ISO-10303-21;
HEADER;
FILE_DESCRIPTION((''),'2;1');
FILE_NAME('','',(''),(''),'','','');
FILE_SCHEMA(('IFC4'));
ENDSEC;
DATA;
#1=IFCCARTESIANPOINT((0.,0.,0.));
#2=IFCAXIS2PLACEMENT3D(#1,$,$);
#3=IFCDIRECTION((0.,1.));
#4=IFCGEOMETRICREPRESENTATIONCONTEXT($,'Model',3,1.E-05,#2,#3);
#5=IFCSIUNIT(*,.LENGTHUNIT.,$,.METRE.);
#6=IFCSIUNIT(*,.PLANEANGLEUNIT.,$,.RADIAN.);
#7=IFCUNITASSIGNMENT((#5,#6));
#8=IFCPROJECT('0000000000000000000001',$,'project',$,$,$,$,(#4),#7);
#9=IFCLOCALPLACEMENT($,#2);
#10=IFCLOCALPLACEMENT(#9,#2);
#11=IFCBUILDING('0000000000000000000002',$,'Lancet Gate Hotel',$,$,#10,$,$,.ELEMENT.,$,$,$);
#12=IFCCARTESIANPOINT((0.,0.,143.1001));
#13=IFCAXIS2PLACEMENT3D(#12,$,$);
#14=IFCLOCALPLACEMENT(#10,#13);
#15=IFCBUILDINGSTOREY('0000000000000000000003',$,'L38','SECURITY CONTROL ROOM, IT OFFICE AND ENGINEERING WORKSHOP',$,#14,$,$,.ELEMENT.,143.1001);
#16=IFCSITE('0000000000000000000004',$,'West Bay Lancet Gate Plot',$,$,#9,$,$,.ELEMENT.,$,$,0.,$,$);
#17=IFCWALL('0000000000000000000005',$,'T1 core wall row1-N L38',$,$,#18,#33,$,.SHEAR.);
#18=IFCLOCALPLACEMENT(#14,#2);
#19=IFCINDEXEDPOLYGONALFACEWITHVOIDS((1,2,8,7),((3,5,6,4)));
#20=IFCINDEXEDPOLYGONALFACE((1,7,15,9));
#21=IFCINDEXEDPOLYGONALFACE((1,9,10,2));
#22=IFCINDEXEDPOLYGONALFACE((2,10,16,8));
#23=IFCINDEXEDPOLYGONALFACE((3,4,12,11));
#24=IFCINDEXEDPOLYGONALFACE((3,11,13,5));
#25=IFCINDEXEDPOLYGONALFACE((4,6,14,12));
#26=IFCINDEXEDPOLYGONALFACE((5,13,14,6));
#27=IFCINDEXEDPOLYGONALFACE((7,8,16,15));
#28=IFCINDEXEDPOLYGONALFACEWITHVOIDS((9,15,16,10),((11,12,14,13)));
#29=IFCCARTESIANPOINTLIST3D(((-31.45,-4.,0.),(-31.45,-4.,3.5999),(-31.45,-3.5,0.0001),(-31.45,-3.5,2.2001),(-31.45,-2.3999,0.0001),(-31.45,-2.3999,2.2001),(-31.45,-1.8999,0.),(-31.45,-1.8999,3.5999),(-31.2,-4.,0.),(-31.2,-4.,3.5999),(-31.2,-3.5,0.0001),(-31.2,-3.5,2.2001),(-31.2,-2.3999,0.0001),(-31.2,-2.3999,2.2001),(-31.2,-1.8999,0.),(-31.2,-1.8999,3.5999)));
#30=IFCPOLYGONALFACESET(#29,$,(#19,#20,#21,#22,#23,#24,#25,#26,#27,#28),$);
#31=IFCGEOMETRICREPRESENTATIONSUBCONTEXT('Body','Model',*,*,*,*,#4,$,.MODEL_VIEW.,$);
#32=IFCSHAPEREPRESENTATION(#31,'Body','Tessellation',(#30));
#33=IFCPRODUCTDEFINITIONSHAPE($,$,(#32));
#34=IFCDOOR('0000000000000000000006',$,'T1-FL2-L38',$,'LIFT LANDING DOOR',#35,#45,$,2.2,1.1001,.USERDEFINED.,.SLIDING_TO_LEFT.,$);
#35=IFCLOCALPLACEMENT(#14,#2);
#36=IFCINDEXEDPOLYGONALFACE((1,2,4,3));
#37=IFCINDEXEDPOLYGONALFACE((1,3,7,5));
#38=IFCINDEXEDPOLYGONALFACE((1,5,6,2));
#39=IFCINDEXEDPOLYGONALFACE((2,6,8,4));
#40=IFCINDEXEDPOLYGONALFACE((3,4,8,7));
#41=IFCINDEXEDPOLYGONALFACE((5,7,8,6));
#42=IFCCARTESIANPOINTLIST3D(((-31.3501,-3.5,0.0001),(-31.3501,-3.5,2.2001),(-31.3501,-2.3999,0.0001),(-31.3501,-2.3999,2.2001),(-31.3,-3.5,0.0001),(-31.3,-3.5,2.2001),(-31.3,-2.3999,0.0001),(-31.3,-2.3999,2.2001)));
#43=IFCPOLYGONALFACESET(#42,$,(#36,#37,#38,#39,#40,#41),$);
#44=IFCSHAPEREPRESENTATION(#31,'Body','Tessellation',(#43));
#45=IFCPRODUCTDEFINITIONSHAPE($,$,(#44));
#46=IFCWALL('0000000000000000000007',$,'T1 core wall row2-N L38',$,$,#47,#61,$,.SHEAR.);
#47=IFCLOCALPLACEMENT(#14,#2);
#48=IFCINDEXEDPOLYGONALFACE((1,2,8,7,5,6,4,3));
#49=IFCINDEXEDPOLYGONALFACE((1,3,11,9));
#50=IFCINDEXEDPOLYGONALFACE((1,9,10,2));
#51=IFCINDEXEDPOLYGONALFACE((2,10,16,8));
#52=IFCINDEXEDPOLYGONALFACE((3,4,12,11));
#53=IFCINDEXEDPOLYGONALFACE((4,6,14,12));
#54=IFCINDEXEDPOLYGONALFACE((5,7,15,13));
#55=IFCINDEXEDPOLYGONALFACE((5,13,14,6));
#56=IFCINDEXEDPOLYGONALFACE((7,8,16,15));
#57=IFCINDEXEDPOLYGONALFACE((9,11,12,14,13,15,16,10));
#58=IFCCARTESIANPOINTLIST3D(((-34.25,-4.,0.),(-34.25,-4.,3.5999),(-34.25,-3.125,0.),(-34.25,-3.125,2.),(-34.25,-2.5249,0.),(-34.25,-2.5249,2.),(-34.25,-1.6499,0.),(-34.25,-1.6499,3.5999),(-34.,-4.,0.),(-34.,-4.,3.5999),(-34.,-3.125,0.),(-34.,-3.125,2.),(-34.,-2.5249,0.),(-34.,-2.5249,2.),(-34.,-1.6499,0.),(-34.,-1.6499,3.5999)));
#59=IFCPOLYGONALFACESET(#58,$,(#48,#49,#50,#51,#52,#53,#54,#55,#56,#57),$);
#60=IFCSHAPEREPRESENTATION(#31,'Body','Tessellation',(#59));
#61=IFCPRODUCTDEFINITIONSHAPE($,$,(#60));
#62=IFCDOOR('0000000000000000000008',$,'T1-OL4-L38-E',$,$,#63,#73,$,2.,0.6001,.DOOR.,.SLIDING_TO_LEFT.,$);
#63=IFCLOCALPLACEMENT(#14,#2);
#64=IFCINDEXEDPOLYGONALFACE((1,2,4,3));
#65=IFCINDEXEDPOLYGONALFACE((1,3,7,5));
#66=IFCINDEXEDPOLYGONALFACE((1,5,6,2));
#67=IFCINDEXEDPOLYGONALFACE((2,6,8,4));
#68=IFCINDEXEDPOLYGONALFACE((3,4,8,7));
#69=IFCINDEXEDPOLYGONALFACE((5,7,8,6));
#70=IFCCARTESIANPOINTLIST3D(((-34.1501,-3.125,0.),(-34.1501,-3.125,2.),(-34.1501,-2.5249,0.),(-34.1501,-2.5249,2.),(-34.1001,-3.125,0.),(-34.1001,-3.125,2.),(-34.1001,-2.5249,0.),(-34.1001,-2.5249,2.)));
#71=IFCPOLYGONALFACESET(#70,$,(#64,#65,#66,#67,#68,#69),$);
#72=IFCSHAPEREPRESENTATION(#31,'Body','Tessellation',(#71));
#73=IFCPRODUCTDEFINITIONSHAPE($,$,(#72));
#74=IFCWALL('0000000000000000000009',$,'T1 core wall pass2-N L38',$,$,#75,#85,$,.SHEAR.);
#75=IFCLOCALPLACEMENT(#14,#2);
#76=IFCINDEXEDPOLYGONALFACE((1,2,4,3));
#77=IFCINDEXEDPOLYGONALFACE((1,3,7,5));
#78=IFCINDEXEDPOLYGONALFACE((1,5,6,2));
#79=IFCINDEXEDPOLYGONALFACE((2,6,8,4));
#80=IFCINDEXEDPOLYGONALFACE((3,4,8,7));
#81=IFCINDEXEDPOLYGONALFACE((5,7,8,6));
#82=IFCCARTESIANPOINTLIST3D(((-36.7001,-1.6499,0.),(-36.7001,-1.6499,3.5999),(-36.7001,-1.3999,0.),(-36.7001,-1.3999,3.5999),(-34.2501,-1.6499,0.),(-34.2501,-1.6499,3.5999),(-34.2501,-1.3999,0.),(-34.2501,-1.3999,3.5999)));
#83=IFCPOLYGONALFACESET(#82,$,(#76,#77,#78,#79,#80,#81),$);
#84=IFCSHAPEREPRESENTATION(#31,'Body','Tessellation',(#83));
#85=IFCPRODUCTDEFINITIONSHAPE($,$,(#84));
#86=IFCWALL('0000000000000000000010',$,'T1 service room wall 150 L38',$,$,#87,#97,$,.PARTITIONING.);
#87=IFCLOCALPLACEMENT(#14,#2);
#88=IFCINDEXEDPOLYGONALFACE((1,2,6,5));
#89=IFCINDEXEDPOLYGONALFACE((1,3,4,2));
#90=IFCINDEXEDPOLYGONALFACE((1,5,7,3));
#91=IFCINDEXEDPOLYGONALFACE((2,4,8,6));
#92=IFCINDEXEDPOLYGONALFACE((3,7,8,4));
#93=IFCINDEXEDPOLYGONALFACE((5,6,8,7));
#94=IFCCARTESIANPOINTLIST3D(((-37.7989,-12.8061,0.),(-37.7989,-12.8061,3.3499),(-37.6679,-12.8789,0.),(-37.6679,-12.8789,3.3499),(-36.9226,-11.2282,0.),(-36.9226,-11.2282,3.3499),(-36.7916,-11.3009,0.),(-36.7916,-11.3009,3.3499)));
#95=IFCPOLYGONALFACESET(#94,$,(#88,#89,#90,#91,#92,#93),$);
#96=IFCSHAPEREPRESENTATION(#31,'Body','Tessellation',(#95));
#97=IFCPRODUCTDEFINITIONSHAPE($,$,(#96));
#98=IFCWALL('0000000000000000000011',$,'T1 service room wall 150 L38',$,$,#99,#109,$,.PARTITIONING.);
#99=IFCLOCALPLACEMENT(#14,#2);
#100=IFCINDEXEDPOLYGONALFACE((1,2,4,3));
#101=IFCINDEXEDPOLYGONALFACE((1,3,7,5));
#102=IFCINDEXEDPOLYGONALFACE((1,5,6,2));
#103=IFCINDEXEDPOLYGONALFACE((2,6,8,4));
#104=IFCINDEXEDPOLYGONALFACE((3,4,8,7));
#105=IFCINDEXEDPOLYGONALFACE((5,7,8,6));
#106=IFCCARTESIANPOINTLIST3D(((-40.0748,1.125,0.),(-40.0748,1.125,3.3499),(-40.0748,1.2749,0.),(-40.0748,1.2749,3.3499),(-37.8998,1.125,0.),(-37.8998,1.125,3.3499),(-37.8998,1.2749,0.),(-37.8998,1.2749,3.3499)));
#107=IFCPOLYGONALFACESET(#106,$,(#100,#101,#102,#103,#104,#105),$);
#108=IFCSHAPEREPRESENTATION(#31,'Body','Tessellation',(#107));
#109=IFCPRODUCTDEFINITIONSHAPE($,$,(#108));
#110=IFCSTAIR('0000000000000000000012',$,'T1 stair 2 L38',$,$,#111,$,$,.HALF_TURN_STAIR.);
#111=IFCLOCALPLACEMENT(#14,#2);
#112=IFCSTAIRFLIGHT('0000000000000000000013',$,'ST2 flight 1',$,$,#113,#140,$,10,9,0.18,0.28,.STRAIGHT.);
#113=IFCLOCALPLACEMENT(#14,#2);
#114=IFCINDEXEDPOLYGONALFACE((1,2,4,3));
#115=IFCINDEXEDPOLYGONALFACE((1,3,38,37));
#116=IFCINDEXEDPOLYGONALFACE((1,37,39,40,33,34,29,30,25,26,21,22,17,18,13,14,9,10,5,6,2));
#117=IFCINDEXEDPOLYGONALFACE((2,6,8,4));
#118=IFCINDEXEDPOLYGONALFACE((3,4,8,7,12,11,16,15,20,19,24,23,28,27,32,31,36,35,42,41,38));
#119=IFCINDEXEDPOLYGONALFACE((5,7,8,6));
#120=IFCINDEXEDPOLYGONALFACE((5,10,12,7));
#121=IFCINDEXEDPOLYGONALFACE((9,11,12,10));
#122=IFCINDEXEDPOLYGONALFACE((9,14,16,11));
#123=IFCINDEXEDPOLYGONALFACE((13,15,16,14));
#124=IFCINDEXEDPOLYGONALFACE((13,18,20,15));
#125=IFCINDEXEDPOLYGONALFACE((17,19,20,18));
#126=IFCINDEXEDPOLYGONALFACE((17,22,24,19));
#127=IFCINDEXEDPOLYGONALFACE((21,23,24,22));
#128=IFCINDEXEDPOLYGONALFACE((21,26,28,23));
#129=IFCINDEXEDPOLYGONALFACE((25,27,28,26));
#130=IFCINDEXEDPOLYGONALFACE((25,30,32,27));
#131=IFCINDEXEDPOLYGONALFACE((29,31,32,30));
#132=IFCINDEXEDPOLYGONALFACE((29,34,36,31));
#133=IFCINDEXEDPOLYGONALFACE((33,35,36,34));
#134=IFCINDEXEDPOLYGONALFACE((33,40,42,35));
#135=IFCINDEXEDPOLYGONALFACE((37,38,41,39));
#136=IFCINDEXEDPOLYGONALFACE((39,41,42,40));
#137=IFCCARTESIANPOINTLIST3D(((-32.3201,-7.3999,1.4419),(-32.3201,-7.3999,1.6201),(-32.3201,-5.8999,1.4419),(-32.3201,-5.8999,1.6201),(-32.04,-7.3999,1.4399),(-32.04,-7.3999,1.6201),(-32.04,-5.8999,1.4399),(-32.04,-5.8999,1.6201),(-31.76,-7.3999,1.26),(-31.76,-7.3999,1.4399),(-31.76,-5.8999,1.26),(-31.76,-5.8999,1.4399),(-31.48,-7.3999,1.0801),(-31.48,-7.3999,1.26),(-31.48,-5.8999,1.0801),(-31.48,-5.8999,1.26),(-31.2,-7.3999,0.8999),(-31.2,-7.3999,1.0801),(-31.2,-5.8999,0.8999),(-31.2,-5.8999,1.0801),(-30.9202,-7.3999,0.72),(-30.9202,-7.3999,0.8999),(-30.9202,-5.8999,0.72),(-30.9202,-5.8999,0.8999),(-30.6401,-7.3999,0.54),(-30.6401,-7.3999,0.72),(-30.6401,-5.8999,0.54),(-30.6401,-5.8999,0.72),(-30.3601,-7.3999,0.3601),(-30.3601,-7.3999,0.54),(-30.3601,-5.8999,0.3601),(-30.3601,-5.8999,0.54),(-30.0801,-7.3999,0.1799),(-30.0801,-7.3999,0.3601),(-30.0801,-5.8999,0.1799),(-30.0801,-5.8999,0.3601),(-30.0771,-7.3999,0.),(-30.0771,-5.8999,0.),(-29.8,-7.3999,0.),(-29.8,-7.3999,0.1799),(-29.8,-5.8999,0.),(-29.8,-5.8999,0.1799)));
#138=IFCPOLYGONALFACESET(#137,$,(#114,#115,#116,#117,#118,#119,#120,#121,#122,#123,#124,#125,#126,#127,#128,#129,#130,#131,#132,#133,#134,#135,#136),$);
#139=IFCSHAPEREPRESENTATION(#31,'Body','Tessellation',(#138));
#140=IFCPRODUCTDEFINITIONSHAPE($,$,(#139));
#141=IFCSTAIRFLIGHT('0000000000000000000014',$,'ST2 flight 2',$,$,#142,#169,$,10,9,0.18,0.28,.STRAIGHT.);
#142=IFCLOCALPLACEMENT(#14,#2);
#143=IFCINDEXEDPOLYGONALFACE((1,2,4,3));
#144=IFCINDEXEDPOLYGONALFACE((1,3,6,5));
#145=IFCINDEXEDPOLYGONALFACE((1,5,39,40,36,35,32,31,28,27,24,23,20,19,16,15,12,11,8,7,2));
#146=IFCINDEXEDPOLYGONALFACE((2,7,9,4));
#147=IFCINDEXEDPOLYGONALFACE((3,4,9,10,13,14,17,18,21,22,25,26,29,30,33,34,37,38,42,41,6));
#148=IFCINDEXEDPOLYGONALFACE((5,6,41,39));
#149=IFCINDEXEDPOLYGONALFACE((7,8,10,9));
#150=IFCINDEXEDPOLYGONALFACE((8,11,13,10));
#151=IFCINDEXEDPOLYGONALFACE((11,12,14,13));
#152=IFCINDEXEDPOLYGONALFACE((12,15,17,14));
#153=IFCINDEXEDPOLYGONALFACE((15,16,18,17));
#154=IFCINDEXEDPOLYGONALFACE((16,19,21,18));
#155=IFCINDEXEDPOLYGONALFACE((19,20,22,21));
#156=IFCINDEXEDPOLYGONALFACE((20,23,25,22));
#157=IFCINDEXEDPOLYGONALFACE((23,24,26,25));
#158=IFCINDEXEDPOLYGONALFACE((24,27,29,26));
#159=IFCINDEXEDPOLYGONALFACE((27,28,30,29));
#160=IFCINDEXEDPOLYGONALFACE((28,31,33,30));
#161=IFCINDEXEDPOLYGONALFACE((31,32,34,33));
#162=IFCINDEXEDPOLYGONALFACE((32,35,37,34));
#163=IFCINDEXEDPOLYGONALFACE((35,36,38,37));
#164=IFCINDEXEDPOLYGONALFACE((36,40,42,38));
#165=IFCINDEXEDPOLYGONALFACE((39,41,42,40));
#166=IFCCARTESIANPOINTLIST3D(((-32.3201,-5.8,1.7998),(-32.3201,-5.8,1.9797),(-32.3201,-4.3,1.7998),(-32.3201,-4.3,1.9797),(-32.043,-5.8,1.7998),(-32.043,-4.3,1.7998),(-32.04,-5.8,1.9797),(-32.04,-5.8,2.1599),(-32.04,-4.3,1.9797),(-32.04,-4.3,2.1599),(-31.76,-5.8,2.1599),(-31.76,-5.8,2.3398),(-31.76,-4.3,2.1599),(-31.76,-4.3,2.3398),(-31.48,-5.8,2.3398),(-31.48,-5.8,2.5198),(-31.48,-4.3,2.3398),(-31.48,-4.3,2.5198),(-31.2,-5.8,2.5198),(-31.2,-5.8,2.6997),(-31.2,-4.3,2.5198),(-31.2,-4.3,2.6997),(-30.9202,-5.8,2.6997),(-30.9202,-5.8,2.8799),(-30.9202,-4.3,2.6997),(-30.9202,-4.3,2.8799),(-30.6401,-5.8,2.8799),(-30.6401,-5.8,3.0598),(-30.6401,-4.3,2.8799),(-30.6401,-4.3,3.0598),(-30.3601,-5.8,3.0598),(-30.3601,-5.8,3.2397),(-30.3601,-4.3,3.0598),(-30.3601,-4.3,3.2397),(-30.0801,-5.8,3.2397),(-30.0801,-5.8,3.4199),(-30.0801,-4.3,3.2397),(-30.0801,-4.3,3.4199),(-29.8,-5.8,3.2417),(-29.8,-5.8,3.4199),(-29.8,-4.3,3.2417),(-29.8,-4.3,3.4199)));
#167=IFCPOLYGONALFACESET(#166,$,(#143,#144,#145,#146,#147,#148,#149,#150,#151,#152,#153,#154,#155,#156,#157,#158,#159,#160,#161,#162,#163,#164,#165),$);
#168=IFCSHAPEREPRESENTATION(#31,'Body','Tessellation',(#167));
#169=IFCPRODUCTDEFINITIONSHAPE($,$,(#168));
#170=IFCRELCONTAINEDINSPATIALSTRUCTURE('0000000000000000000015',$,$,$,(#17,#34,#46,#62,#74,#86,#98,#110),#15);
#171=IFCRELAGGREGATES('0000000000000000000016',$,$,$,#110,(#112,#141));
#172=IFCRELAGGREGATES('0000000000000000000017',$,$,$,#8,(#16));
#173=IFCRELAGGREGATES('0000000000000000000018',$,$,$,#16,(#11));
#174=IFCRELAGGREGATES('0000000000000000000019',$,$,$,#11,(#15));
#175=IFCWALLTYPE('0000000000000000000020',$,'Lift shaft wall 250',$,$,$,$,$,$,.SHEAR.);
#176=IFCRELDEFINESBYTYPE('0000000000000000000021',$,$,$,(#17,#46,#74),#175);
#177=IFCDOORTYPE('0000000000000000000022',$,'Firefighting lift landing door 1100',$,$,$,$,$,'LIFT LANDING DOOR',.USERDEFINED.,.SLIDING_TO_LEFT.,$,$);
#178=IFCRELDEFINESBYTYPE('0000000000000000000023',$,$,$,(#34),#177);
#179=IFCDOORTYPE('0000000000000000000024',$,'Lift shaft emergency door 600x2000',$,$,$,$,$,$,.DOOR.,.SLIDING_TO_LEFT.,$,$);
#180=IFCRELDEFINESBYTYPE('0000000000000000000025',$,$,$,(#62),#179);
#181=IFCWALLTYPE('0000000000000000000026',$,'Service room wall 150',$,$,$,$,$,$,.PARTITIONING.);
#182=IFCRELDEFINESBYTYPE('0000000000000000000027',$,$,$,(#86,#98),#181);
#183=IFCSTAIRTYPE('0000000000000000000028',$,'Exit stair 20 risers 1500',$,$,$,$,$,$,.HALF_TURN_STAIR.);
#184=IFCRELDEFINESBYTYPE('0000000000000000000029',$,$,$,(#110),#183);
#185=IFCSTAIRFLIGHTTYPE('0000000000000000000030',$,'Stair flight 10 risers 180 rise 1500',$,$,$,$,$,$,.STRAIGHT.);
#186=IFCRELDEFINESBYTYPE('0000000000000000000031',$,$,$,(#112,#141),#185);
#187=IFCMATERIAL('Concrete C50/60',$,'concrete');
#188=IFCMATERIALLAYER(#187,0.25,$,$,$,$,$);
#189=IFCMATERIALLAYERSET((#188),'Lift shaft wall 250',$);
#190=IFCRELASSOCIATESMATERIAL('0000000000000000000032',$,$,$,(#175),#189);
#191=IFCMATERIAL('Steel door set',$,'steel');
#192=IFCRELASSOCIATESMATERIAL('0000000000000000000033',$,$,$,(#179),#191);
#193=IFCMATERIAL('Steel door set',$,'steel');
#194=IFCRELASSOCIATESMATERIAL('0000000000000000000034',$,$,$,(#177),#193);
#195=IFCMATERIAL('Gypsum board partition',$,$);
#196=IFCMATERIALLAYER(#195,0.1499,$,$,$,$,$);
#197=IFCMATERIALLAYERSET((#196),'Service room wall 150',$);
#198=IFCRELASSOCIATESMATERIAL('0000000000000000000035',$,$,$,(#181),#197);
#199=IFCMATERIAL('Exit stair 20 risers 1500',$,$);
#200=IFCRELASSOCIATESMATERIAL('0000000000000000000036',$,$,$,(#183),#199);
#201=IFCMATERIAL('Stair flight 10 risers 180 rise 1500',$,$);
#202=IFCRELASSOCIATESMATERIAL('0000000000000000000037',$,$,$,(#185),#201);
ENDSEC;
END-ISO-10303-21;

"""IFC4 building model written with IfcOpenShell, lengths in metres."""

from ifc_helpers import new_model, si_unit, direction, frame, frame_2d, origin, place, context, subcontext, project, spatial, polyline, rectangle, outline, extrude, material, layer, layer_set, type_object, element, fill, aggregate, save


model = new_model("IFC4")

# Units and contexts
model_context = context("Model", 3, precision=1e-05, world=origin(), true_north=direction((0.0, 1.0)))
body_context = subcontext(model_context, "Body", "Model", "MODEL_VIEW")
ifc_project = project(units=[si_unit("LENGTHUNIT", "METRE"), si_unit("PLANEANGLEUNIT", "RADIAN")], contexts=[model_context])

# Site, building, storey
site_placement = place(None, origin())
site = spatial("IfcSite", under=ifc_project, at=site_placement, Name="West Bay Lancet Gate Plot", CompositionType="ELEMENT", RefElevation=0.0)
building_placement = place(site_placement, origin())
building = spatial("IfcBuilding", under=site, at=building_placement, Name="Lancet Gate Hotel", CompositionType="ELEMENT")
storey_placement = place(building_placement, frame((0.0, 0.0, 143.1001)))
storey = spatial("IfcBuildingStorey", under=building, at=storey_placement, Name="L38", Description="SECURITY CONTROL ROOM, IT OFFICE AND ENGINEERING WORKSHOP", CompositionType="ELEMENT", Elevation=143.1001)

# Shared definitions
ifc_material_1 = material(Name="Concrete C50/60", Category="concrete")
ifc_layer_1 = layer(ifc_material_1, 0.25)
ifc_layer_set_1 = layer_set([ifc_layer_1], Name="Lift shaft wall 250")
wall_type_1 = type_object("IfcWallType", Name="Lift shaft wall 250", PredefinedType="SHEAR", material=ifc_layer_set_1)
ifc_material_2 = material(Name="Steel door set", Category="steel")
door_type_1 = type_object("IfcDoorType", Name="Lift shaft emergency door 600x2000", OperationType="SLIDING_TO_LEFT", PredefinedType="DOOR", material=ifc_material_2)

# Walls, openings, doors
wall_1_placement = place(storey_placement, frame((-31.325, -1.8999, 0.0), z_axis=(0.0, 0.0, 1.0), x_axis=(0.0, -1.0, 0.0)))
wall_1 = element("IfcWall", 1, at=wall_1_placement, inside=storey, type_object=wall_type_1, Name="T1 core wall row1-N L38", PredefinedType="SHEAR", context=body_context, shape_type="SweptSolid", body=[
    extrude(rectangle(XDim=2.1001, YDim=0.25, at=frame_2d((1.05, 0.0))), origin(), (0.0, 0.0, 1.0), 3.5999),
])
opening_1_placement = place(wall_1_placement, frame((0.5, 0.0, 0.0)))
opening_1 = element("IfcOpeningElement", 2, at=opening_1_placement, cuts=wall_1, PredefinedType="OPENING", context=body_context, shape_type="SweptSolid", body=[
    extrude(rectangle(XDim=1.1001, YDim=2.2, at=frame_2d((0.55, 1.1001))), frame((0.0, 0.135, 0.0), z_axis=(0.0, -1.0, 0.0), x_axis=(1.0, 0.0, 0.0)), (0.0, 0.0, 1.0), 0.27),
])
ifc_material_3 = material(Name="Steel door set", Category="steel")
door_type_2 = type_object("IfcDoorType", Name="Firefighting lift landing door 1100", ElementType="LIFT LANDING DOOR", OperationType="SLIDING_TO_LEFT", PredefinedType="USERDEFINED", material=ifc_material_3)
door_1_placement = place(opening_1_placement, origin())
door_1 = element("IfcDoor", 3, at=door_1_placement, inside=storey, type_object=door_type_2, Name="T1-FL2-L38", ObjectType="LIFT LANDING DOOR", OperationType="SLIDING_TO_LEFT", OverallHeight=2.2, OverallWidth=1.1001, PredefinedType="USERDEFINED", context=body_context, shape_type="SweptSolid", body=[
    extrude(rectangle(XDim=1.1001, YDim=2.2, at=frame_2d((0.55, 1.1001))), frame((0.0, 0.0249, 0.0), z_axis=(0.0, -1.0, 0.0), x_axis=(1.0, 0.0, 0.0)), (0.0, 0.0, 1.0), 0.05),
])
fill(opening_1, door_1)
wall_2_placement = place(storey_placement, frame((-34.125, -1.6499, 0.0), z_axis=(0.0, 0.0, 1.0), x_axis=(0.0, -1.0, 0.0)))
wall_2 = element("IfcWall", 4, at=wall_2_placement, inside=storey, type_object=wall_type_1, Name="T1 core wall row2-N L38", PredefinedType="SHEAR", context=body_context, shape_type="SweptSolid", body=[
    extrude(rectangle(XDim=2.3501, YDim=0.25, at=frame_2d((1.175, 0.0))), origin(), (0.0, 0.0, 1.0), 3.5999),
])
opening_2_placement = place(wall_2_placement, frame((0.875, 0.0, 0.0)))
opening_2 = element("IfcOpeningElement", 5, at=opening_2_placement, cuts=wall_2, PredefinedType="OPENING", context=body_context, shape_type="SweptSolid", body=[
    extrude(rectangle(XDim=0.6001, YDim=2.0, at=frame_2d((0.3, 1.0))), frame((0.0, 0.135, 0.0), z_axis=(0.0, -1.0, 0.0), x_axis=(1.0, 0.0, 0.0)), (0.0, 0.0, 1.0), 0.27),
])
door_2_placement = place(opening_2_placement, origin())
door_2 = element("IfcDoor", 6, at=door_2_placement, inside=storey, type_object=door_type_1, Name="T1-OL4-L38-E", OperationType="SLIDING_TO_LEFT", OverallHeight=2.0, OverallWidth=0.6001, PredefinedType="DOOR", context=body_context, shape_type="SweptSolid", body=[
    extrude(rectangle(XDim=0.6001, YDim=2.0, at=frame_2d((0.3, 1.0))), frame((0.0, 0.0249, 0.0), z_axis=(0.0, -1.0, 0.0), x_axis=(1.0, 0.0, 0.0)), (0.0, 0.0, 1.0), 0.05),
])
fill(opening_2, door_2)

# Walls
wall_3_placement = place(storey_placement, frame((-34.25, -1.5249, 0.0), z_axis=(0.0, 0.0, 1.0), x_axis=(-1.0, 0.0, 0.0)))
element("IfcWall", 7, at=wall_3_placement, inside=storey, type_object=wall_type_1, Name="T1 core wall pass2-N L38", PredefinedType="SHEAR", context=body_context, shape_type="SweptSolid", body=[
    extrude(rectangle(XDim=2.45, YDim=0.25, at=frame_2d((1.2251, 0.0))), origin(), (0.0, 0.0, 1.0), 3.5999),
])
ifc_material_4 = material(Name="Gypsum board partition")
ifc_layer_2 = layer(ifc_material_4, 0.1499)
ifc_layer_set_2 = layer_set([ifc_layer_2], Name="Service room wall 150")
wall_type_2 = type_object("IfcWallType", Name="Service room wall 150", PredefinedType="PARTITIONING", material=ifc_layer_set_2)
wall_4_placement = place(storey_placement, frame((-36.8572, -11.2646, 0.0), z_axis=(0.0, 0.0, 1.0), x_axis=(-0.485482, -0.874247, 0.0)))
element("IfcWall", 8, at=wall_4_placement, inside=storey, type_object=wall_type_2, Name="T1 service room wall 150 L38", PredefinedType="PARTITIONING", context=body_context, shape_type="SweptSolid", body=[
    extrude(rectangle(XDim=1.8049, YDim=0.1499, at=frame_2d((0.9023, 0.0))), origin(), (0.0, 0.0, 1.0), 3.3499),
])
wall_5_placement = place(storey_placement, frame((-37.8999, 1.2, 0.0), z_axis=(0.0, 0.0, 1.0), x_axis=(-1.0, 0.0, 0.0)))
element("IfcWall", 9, at=wall_5_placement, inside=storey, type_object=wall_type_2, Name="T1 service room wall 150 L38", PredefinedType="PARTITIONING", context=body_context, shape_type="SweptSolid", body=[
    extrude(rectangle(XDim=2.175, YDim=0.1499, at=frame_2d((1.0874, 0.0))), origin(), (0.0, 0.0, 1.0), 3.3499),
])

# Stair, stair flights
ifc_material_5 = material(Name="Exit stair 20 risers 1500")
stair_type = type_object("IfcStairType", Name="Exit stair 20 risers 1500", PredefinedType="HALF_TURN_STAIR", material=ifc_material_5)
stair_placement = place(storey_placement, origin())
stair = element("IfcStair", 10, at=stair_placement, inside=storey, type_object=stair_type, Name="T1 stair 2 L38", PredefinedType="HALF_TURN_STAIR")
ifc_material_6 = material(Name="Stair flight 10 risers 180 rise 1500")
stair_flight_type = type_object("IfcStairFlightType", Name="Stair flight 10 risers 180 rise 1500", PredefinedType="STRAIGHT", material=ifc_material_6)
stair_flight_1_placement = place(storey_placement, frame((-29.8, -6.6499, 0.0), z_axis=(0.0, 0.0, 1.0), x_axis=(-1.0, 0.0, 0.0)))
stair_flight_1 = element("IfcStairFlight", 11, at=stair_flight_1_placement, type_object=stair_flight_type, Name="ST2 flight 1", NumberOfRisers=10, NumberOfTreads=9, PredefinedType="STRAIGHT", RiserHeight=0.18, TreadLength=0.28, context=body_context, shape_type="SweptSolid", body=[
    extrude(outline(polyline([(0.0, 0.0), (0.0, 0.1799), (0.28, 0.1799), (0.28, 0.3601), (0.5601, 0.3601), (0.5601, 0.54), (0.8401, 0.54), (0.8401, 0.72), (1.1201, 0.72), (1.1201, 0.8999), (1.3999, 0.8999), (1.3999, 1.0801), (1.6799, 1.0801), (1.6799, 1.26), (1.96, 1.26), (1.96, 1.4399), (2.24, 1.4399), (2.24, 1.6201), (2.52, 1.6201), (2.52, 1.8), (2.52, 1.4419), (0.2771, 0.0), (0.0, 0.0)])), frame((0.0, 0.75, 0.0), z_axis=(0.0, -1.0, 0.0), x_axis=(1.0, 0.0, 0.0)), (0.0, 0.0, 1.0), 1.5),
])
stair_flight_2_placement = place(storey_placement, frame((-32.3201, -5.05, 1.7998), z_axis=(0.0, 0.0, 1.0), x_axis=(1.0, 0.0, 0.0)))
stair_flight_2 = element("IfcStairFlight", 12, at=stair_flight_2_placement, type_object=stair_flight_type, Name="ST2 flight 2", NumberOfRisers=10, NumberOfTreads=9, PredefinedType="STRAIGHT", RiserHeight=0.18, TreadLength=0.28, context=body_context, shape_type="SweptSolid", body=[
    extrude(outline(polyline([(0.0, 0.0), (0.0, 0.1799), (0.28, 0.1799), (0.28, 0.3601), (0.5601, 0.3601), (0.5601, 0.54), (0.8401, 0.54), (0.8401, 0.72), (1.1201, 0.72), (1.1201, 0.8999), (1.3999, 0.8999), (1.3999, 1.0801), (1.6799, 1.0801), (1.6799, 1.26), (1.96, 1.26), (1.96, 1.4399), (2.24, 1.4399), (2.24, 1.6201), (2.52, 1.6201), (2.52, 1.8), (2.52, 1.4419), (0.2771, 0.0), (0.0, 0.0)])), frame((0.0, 0.75, 0.0), z_axis=(0.0, -1.0, 0.0), x_axis=(1.0, 0.0, 0.0)), (0.0, 0.0, 1.0), 1.5),
])
aggregate(stair, [stair_flight_1, stair_flight_2])

save(model, "model.ifc")
